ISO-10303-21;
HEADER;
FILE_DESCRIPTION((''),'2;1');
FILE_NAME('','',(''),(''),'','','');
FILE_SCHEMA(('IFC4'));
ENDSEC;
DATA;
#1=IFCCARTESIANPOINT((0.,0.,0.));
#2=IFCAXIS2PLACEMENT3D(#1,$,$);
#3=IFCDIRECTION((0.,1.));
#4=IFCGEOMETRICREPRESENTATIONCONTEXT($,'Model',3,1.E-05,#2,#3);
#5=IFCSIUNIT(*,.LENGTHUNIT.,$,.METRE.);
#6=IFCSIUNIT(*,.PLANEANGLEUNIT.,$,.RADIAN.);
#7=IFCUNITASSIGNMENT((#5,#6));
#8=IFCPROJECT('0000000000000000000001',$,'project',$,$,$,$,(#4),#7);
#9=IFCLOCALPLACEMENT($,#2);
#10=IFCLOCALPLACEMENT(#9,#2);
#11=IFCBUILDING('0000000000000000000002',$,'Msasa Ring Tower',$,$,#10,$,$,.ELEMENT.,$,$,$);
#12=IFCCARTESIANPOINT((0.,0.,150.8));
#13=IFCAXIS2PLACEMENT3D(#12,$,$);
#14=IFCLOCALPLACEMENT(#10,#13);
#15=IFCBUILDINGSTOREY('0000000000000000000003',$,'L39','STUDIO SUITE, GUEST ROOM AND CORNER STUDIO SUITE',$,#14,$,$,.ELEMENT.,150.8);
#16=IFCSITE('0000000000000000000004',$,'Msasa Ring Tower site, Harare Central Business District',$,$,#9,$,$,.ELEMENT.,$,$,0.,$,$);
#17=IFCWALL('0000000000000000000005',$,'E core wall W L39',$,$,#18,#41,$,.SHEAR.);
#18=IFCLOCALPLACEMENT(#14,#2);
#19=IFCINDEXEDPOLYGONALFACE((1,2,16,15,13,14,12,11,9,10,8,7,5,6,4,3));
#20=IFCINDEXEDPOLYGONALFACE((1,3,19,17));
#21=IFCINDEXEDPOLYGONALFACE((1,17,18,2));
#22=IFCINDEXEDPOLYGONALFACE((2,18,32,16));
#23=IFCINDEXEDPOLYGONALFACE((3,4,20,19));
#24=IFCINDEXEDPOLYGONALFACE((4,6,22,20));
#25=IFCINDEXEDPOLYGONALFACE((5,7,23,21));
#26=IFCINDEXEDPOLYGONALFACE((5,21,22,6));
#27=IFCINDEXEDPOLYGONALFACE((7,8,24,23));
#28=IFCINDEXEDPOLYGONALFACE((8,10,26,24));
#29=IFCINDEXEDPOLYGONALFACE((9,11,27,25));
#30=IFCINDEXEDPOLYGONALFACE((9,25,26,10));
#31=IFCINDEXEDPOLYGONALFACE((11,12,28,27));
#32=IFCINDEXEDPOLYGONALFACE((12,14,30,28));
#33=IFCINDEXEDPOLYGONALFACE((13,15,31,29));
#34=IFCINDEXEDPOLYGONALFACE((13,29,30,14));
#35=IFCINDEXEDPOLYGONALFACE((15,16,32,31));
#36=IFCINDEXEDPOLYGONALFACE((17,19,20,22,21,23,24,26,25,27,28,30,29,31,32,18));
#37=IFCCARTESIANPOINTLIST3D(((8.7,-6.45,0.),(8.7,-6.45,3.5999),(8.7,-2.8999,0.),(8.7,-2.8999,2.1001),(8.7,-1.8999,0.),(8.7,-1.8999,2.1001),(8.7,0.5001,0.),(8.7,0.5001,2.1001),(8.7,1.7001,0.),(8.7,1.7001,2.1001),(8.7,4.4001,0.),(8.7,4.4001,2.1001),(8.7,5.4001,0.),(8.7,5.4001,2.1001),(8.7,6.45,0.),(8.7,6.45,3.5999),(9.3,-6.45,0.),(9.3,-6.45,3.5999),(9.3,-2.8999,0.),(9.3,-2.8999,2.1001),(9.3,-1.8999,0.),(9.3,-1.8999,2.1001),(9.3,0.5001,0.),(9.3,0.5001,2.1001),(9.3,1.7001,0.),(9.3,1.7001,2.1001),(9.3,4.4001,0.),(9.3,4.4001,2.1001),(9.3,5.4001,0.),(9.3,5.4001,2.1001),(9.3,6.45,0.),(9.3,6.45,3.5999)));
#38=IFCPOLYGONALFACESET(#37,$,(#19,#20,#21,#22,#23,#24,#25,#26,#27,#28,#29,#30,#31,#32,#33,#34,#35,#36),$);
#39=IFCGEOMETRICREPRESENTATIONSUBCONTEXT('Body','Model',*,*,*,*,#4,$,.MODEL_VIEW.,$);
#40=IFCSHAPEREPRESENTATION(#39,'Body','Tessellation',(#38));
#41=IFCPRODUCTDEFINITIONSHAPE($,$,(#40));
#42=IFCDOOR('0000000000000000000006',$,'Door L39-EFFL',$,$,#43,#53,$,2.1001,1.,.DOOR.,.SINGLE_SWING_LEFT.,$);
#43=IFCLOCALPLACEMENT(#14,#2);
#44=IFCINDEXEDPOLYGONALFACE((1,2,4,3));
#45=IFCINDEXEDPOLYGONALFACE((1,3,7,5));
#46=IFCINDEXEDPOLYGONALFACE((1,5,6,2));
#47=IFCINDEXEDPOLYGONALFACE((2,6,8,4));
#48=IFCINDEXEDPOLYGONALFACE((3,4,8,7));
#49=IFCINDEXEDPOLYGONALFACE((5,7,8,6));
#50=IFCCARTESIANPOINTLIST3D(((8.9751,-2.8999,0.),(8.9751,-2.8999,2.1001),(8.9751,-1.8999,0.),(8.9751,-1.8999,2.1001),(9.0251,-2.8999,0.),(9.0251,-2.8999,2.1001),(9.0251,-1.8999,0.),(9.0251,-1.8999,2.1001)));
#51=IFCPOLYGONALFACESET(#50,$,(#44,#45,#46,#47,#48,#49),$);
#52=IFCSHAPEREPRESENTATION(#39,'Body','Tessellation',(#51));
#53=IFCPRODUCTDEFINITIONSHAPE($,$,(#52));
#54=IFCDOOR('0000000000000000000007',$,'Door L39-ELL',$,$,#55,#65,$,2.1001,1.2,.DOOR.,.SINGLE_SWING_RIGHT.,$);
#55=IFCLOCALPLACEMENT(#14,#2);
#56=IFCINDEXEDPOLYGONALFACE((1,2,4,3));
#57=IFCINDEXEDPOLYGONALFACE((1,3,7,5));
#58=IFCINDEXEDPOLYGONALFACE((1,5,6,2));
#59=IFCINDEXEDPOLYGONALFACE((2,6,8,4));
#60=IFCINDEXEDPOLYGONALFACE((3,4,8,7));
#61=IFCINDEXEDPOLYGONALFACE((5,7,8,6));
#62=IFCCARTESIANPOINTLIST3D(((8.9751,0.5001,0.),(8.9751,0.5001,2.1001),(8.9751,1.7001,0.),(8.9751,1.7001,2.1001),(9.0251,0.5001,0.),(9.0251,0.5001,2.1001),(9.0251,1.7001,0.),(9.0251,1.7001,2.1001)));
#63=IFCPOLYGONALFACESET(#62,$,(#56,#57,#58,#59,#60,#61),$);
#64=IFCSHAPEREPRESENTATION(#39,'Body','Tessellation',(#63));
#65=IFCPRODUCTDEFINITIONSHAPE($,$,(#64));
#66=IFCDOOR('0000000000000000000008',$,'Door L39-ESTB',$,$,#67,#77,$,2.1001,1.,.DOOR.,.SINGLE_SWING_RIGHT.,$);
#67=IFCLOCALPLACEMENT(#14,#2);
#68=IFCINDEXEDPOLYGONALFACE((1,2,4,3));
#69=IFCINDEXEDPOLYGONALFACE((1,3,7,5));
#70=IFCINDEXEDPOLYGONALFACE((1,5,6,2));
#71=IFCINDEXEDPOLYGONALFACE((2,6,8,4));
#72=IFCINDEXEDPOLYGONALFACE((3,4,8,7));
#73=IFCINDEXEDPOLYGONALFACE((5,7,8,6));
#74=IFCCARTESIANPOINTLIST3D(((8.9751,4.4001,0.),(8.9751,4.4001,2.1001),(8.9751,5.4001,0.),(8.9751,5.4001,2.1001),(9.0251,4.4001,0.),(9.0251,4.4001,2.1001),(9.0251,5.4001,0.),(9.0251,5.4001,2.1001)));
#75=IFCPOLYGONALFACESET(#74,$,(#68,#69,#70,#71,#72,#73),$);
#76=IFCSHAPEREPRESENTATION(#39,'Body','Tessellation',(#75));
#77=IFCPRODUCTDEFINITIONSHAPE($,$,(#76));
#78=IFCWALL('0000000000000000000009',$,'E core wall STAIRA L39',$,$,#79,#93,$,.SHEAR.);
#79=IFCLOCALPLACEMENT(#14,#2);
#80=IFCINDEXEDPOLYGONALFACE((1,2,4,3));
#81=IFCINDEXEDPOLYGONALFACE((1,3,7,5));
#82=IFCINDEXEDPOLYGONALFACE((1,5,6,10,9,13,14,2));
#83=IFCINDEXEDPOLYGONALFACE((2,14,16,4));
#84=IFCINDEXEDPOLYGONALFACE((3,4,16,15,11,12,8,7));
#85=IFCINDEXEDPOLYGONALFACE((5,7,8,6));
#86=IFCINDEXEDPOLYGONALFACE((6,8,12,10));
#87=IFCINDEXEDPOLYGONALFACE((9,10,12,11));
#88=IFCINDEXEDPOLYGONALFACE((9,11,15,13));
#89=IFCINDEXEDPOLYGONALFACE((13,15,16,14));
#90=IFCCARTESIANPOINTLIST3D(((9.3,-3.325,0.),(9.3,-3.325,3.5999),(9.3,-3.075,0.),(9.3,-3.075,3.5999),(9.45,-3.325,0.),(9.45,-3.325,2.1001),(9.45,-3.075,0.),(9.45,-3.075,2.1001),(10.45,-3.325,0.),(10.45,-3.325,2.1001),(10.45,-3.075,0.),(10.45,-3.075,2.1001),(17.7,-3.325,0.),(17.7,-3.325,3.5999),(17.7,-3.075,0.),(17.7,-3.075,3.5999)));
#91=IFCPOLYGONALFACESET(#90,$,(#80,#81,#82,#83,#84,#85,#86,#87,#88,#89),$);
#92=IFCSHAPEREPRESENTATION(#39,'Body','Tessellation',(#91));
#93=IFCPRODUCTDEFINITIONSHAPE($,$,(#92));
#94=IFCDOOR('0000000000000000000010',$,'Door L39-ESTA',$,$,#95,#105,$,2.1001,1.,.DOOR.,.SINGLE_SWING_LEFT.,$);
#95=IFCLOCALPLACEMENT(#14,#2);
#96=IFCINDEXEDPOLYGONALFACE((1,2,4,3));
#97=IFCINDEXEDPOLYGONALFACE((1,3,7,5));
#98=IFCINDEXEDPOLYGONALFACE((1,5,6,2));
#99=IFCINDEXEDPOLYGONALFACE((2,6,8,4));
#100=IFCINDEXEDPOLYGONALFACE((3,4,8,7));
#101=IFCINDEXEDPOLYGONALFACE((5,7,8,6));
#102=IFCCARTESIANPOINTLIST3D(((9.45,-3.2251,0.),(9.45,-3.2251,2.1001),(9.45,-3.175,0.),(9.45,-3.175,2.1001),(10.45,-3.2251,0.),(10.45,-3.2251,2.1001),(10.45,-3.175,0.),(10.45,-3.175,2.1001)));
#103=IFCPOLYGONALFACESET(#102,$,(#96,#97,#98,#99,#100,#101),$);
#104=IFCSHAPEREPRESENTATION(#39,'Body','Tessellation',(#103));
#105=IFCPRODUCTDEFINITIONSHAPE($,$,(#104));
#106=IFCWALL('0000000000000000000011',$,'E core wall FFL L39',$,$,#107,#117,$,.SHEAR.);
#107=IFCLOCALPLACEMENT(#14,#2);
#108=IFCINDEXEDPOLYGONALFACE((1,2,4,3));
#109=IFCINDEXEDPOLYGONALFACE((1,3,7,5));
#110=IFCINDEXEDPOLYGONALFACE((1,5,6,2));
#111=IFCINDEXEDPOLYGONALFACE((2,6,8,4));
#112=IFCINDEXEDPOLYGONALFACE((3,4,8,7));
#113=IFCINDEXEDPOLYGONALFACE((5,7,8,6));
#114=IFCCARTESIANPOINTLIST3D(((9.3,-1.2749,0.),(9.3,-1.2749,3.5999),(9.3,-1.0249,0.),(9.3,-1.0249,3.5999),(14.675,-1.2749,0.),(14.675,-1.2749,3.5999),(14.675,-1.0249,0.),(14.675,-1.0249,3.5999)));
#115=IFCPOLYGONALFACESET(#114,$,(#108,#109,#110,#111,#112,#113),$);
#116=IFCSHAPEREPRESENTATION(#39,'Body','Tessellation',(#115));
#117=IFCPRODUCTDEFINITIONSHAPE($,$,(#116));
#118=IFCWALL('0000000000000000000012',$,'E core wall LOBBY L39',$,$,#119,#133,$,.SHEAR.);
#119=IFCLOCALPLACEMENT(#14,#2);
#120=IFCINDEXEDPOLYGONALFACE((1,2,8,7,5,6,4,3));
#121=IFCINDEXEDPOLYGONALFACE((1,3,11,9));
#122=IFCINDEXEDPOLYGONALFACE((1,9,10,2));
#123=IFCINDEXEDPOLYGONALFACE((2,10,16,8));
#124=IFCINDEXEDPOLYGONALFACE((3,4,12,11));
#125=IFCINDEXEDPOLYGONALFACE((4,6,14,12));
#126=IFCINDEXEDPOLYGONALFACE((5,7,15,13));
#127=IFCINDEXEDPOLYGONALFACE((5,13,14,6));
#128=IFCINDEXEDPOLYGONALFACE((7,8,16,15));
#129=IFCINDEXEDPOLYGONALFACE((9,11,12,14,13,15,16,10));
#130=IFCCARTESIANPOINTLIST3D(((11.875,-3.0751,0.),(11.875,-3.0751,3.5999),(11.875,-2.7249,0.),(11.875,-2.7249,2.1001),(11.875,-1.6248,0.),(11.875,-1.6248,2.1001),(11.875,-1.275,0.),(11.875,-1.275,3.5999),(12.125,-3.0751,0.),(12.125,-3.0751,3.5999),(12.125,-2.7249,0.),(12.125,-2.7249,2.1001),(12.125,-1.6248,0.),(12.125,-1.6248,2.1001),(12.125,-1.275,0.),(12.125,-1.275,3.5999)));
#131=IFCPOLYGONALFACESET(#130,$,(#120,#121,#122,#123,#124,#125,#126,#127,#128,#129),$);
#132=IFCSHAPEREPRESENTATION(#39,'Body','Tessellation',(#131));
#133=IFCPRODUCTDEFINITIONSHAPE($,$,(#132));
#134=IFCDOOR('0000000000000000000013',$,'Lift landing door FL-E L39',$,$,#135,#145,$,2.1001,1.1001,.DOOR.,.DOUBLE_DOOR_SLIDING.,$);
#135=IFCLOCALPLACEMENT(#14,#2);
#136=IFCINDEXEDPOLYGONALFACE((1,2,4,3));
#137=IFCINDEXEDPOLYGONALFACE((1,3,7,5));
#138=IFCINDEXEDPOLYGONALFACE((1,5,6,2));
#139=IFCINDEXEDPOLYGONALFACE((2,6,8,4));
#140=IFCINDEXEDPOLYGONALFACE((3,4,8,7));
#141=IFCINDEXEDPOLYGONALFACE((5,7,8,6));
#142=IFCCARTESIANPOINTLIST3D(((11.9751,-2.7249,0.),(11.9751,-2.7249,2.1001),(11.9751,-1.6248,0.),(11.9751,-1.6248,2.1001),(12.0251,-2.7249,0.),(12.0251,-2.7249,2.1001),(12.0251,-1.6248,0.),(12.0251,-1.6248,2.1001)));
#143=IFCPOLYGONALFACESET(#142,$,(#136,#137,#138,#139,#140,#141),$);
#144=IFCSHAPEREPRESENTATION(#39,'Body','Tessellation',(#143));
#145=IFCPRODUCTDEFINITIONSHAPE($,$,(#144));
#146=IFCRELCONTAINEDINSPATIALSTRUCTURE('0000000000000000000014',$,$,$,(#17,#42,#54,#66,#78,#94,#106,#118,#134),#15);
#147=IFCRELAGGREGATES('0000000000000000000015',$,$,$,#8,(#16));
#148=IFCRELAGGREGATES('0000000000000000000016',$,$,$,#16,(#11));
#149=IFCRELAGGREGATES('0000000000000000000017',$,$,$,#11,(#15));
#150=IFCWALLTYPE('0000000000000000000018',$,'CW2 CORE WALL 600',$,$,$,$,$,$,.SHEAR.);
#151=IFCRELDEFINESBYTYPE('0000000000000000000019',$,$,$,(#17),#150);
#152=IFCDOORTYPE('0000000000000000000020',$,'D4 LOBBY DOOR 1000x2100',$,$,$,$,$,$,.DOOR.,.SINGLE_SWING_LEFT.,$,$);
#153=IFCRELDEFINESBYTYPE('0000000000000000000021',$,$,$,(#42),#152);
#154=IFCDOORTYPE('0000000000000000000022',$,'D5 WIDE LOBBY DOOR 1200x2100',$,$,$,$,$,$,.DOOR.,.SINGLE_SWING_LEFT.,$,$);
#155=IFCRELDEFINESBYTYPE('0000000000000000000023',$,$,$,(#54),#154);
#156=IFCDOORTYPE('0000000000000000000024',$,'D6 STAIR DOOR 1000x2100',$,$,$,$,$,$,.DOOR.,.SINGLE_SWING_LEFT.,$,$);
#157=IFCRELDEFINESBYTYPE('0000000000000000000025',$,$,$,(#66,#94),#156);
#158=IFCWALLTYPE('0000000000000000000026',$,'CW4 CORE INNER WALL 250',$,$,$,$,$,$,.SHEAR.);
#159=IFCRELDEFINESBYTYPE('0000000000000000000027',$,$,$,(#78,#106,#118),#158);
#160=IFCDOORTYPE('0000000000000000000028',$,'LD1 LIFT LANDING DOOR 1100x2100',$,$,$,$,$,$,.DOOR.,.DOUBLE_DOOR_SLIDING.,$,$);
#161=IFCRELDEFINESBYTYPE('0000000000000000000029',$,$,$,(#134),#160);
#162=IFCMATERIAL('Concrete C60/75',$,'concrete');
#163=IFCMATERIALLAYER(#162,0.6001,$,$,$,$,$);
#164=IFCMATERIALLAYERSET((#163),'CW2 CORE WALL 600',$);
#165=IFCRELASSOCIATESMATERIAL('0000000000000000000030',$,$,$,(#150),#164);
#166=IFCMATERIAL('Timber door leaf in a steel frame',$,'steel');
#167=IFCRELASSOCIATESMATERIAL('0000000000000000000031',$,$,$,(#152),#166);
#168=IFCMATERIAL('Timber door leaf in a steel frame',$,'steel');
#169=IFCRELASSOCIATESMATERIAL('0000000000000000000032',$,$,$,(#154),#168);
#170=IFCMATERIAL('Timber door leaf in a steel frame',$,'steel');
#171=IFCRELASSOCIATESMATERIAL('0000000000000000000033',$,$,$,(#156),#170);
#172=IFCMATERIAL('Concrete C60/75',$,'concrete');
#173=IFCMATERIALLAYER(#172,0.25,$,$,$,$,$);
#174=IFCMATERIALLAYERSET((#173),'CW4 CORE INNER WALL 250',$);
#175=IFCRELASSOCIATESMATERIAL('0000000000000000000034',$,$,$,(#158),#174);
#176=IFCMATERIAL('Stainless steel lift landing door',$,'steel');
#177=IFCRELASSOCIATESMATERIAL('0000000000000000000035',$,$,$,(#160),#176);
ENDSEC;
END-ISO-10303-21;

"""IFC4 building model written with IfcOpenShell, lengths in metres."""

from ifc_helpers import new_model, si_unit, direction, frame, frame_2d, origin, place, context, subcontext, project, spatial, rectangle, extrude, material, layer, layer_set, type_object, element, fill, save


model = new_model("IFC4")

# Units and contexts
model_context = context("Model", 3, precision=1e-05, world=origin(), true_north=direction((0.0, 1.0)))
body_context = subcontext(model_context, "Body", "Model", "MODEL_VIEW")
ifc_project = project(units=[si_unit("LENGTHUNIT", "METRE"), si_unit("PLANEANGLEUNIT", "RADIAN")], contexts=[model_context])

# Site, building, storey
site_placement = place(None, origin())
site = spatial("IfcSite", under=ifc_project, at=site_placement, Name="Msasa Ring Tower site, Harare Central Business District", CompositionType="ELEMENT", RefElevation=0.0)
building_placement = place(site_placement, origin())
building = spatial("IfcBuilding", under=site, at=building_placement, Name="Msasa Ring Tower", CompositionType="ELEMENT")
storey_placement = place(building_placement, frame((0.0, 0.0, 150.8)))
storey = spatial("IfcBuildingStorey", under=building, at=storey_placement, Name="L39", Description="STUDIO SUITE, GUEST ROOM AND CORNER STUDIO SUITE", CompositionType="ELEMENT", Elevation=150.8)

# Shared definitions
ifc_material_1 = material(Name="Concrete C60/75", Category="concrete")
ifc_layer_1 = layer(ifc_material_1, 0.6001)
ifc_layer_set_1 = layer_set([ifc_layer_1], Name="CW2 CORE WALL 600")
wall_type_1 = type_object("IfcWallType", Name="CW2 CORE WALL 600", PredefinedType="SHEAR", material=ifc_layer_set_1)

# Wall, openings, doors
wall_1_placement = place(storey_placement, frame((9.0, -6.45, 0.0), z_axis=(0.0, 0.0, 1.0), x_axis=(0.0, 1.0, 0.0)))
wall_1 = element("IfcWall", 1, at=wall_1_placement, inside=storey, type_object=wall_type_1, Name="E core wall W L39", PredefinedType="SHEAR", context=body_context, shape_type="SweptSolid", body=[
    extrude(rectangle(XDim=12.8999, YDim=0.6001, at=frame_2d((6.45, 0.0))), origin(), (0.0, 0.0, 1.0), 3.5999),
])
opening_1_placement = place(wall_1_placement, frame((3.55, 0.0, 0.0)))
opening_1 = element("IfcOpeningElement", 2, at=opening_1_placement, cuts=wall_1, PredefinedType="OPENING", context=body_context, shape_type="SweptSolid", body=[
    extrude(rectangle(XDim=1.0, YDim=2.1001, at=frame_2d((0.5, 1.05))), frame((0.0, 0.3101, 0.0), z_axis=(0.0, -1.0, 0.0), x_axis=(1.0, 0.0, 0.0)), (0.0, 0.0, 1.0), 0.6201),
])
opening_2_placement = place(wall_1_placement, frame((6.95, 0.0, 0.0)))
opening_2 = element("IfcOpeningElement", 3, at=opening_2_placement, cuts=wall_1, PredefinedType="OPENING", context=body_context, shape_type="SweptSolid", body=[
    extrude(rectangle(XDim=1.2, YDim=2.1001, at=frame_2d((0.6001, 1.05))), frame((0.0, 0.3101, 0.0), z_axis=(0.0, -1.0, 0.0), x_axis=(1.0, 0.0, 0.0)), (0.0, 0.0, 1.0), 0.6201),
])
opening_3_placement = place(wall_1_placement, frame((10.8501, 0.0, 0.0)))
opening_3 = element("IfcOpeningElement", 4, at=opening_3_placement, cuts=wall_1, PredefinedType="OPENING", context=body_context, shape_type="SweptSolid", body=[
    extrude(rectangle(XDim=1.0, YDim=2.1001, at=frame_2d((0.5, 1.05))), frame((0.0, 0.3101, 0.0), z_axis=(0.0, -1.0, 0.0), x_axis=(1.0, 0.0, 0.0)), (0.0, 0.0, 1.0), 0.6201),
])
ifc_material_2 = material(Name="Timber door leaf in a steel frame", Category="steel")
door_type_1 = type_object("IfcDoorType", Name="D4 LOBBY DOOR 1000x2100", OperationType="SINGLE_SWING_LEFT", PredefinedType="DOOR", material=ifc_material_2)
door_1_placement = place(opening_1_placement, origin())
door_1 = element("IfcDoor", 5, at=door_1_placement, inside=storey, type_object=door_type_1, Name="Door L39-EFFL", OperationType="SINGLE_SWING_LEFT", OverallHeight=2.1001, OverallWidth=1.0, PredefinedType="DOOR", context=body_context, shape_type="SweptSolid", body=[
    extrude(rectangle(XDim=1.0, YDim=2.1001, at=frame_2d((0.5, 1.05))), frame((0.0, 0.0249, 0.0), z_axis=(0.0, -1.0, 0.0), x_axis=(1.0, 0.0, 0.0)), (0.0, 0.0, 1.0), 0.05),
])
fill(opening_1, door_1)
ifc_material_3 = material(Name="Timber door leaf in a steel frame", Category="steel")
door_type_2 = type_object("IfcDoorType", Name="D5 WIDE LOBBY DOOR 1200x2100", OperationType="SINGLE_SWING_LEFT", PredefinedType="DOOR", material=ifc_material_3)
door_2_placement = place(opening_2_placement, origin())
door_2 = element("IfcDoor", 6, at=door_2_placement, inside=storey, type_object=door_type_2, Name="Door L39-ELL", OperationType="SINGLE_SWING_RIGHT", OverallHeight=2.1001, OverallWidth=1.2, PredefinedType="DOOR", context=body_context, shape_type="SweptSolid", body=[
    extrude(rectangle(XDim=1.2, YDim=2.1001, at=frame_2d((0.6001, 1.05))), frame((0.0, 0.0249, 0.0), z_axis=(0.0, -1.0, 0.0), x_axis=(1.0, 0.0, 0.0)), (0.0, 0.0, 1.0), 0.05),
])
fill(opening_2, door_2)
ifc_material_4 = material(Name="Timber door leaf in a steel frame", Category="steel")
door_type_3 = type_object("IfcDoorType", Name="D6 STAIR DOOR 1000x2100", OperationType="SINGLE_SWING_LEFT", PredefinedType="DOOR", material=ifc_material_4)
door_3_placement = place(opening_3_placement, origin())
door_3 = element("IfcDoor", 7, at=door_3_placement, inside=storey, type_object=door_type_3, Name="Door L39-ESTB", OperationType="SINGLE_SWING_RIGHT", OverallHeight=2.1001, OverallWidth=1.0, PredefinedType="DOOR", context=body_context, shape_type="SweptSolid", body=[
    extrude(rectangle(XDim=1.0, YDim=2.1001, at=frame_2d((0.5, 1.05))), frame((0.0, 0.0249, 0.0), z_axis=(0.0, -1.0, 0.0), x_axis=(1.0, 0.0, 0.0)), (0.0, 0.0, 1.0), 0.05),
])
fill(opening_3, door_3)

# Wall, opening, door
ifc_material_5 = material(Name="Concrete C60/75", Category="concrete")
ifc_layer_2 = layer(ifc_material_5, 0.25)
ifc_layer_set_2 = layer_set([ifc_layer_2], Name="CW4 CORE INNER WALL 250")
wall_type_2 = type_object("IfcWallType", Name="CW4 CORE INNER WALL 250", PredefinedType="SHEAR", material=ifc_layer_set_2)
wall_2_placement = place(storey_placement, frame((9.3, -3.2, 0.0), z_axis=(0.0, 0.0, 1.0), x_axis=(1.0, 0.0, 0.0)))
wall_2 = element("IfcWall", 8, at=wall_2_placement, inside=storey, type_object=wall_type_2, Name="E core wall STAIRA L39", PredefinedType="SHEAR", context=body_context, shape_type="SweptSolid", body=[
    extrude(rectangle(XDim=8.3999, YDim=0.25, at=frame_2d((4.2, 0.0))), origin(), (0.0, 0.0, 1.0), 3.5999),
])
opening_4_placement = place(wall_2_placement, frame((0.1499, 0.0, 0.0)))
opening_4 = element("IfcOpeningElement", 9, at=opening_4_placement, cuts=wall_2, PredefinedType="OPENING", context=body_context, shape_type="SweptSolid", body=[
    extrude(rectangle(XDim=1.0, YDim=2.1001, at=frame_2d((0.5, 1.05))), frame((0.0, 0.135, 0.0), z_axis=(0.0, -1.0, 0.0), x_axis=(1.0, 0.0, 0.0)), (0.0, 0.0, 1.0), 0.27),
])
door_4_placement = place(opening_4_placement, origin())
door_4 = element("IfcDoor", 10, at=door_4_placement, inside=storey, type_object=door_type_3, Name="Door L39-ESTA", OperationType="SINGLE_SWING_LEFT", OverallHeight=2.1001, OverallWidth=1.0, PredefinedType="DOOR", context=body_context, shape_type="SweptSolid", body=[
    extrude(rectangle(XDim=1.0, YDim=2.1001, at=frame_2d((0.5, 1.05))), frame((0.0, 0.0249, 0.0), z_axis=(0.0, -1.0, 0.0), x_axis=(1.0, 0.0, 0.0)), (0.0, 0.0, 1.0), 0.05),
])
fill(opening_4, door_4)

# Wall
wall_3_placement = place(storey_placement, frame((9.3, -1.1499, 0.0), z_axis=(0.0, 0.0, 1.0), x_axis=(1.0, 0.0, 0.0)))
element("IfcWall", 11, at=wall_3_placement, inside=storey, type_object=wall_type_2, Name="E core wall FFL L39", PredefinedType="SHEAR", context=body_context, shape_type="SweptSolid", body=[
    extrude(rectangle(XDim=5.375, YDim=0.25, at=frame_2d((2.6875, 0.0))), origin(), (0.0, 0.0, 1.0), 3.5999),
])

# Wall, opening, door
wall_4_placement = place(storey_placement, frame((12.0, -3.075, 0.0), z_axis=(0.0, 0.0, 1.0), x_axis=(0.0, 1.0, 0.0)))
wall_4 = element("IfcWall", 12, at=wall_4_placement, inside=storey, type_object=wall_type_2, Name="E core wall LOBBY L39", PredefinedType="SHEAR", context=body_context, shape_type="SweptSolid", body=[
    extrude(rectangle(XDim=1.8, YDim=0.25, at=frame_2d((0.8999, 0.0))), origin(), (0.0, 0.0, 1.0), 3.5999),
])
opening_5_placement = place(wall_4_placement, frame((0.3501, 0.0, 0.0)))
opening_5 = element("IfcOpeningElement", 13, at=opening_5_placement, cuts=wall_4, PredefinedType="OPENING", context=body_context, shape_type="SweptSolid", body=[
    extrude(rectangle(XDim=1.1001, YDim=2.1001, at=frame_2d((0.55, 1.05))), frame((0.0, 0.135, 0.0), z_axis=(0.0, -1.0, 0.0), x_axis=(1.0, 0.0, 0.0)), (0.0, 0.0, 1.0), 0.27),
])
ifc_material_6 = material(Name="Stainless steel lift landing door", Category="steel")
door_type_4 = type_object("IfcDoorType", Name="LD1 LIFT LANDING DOOR 1100x2100", OperationType="DOUBLE_DOOR_SLIDING", PredefinedType="DOOR", material=ifc_material_6)
door_5_placement = place(opening_5_placement, origin())
door_5 = element("IfcDoor", 14, at=door_5_placement, inside=storey, type_object=door_type_4, Name="Lift landing door FL-E L39", OperationType="DOUBLE_DOOR_SLIDING", OverallHeight=2.1001, OverallWidth=1.1001, PredefinedType="DOOR", context=body_context, shape_type="SweptSolid", body=[
    extrude(rectangle(XDim=1.1001, YDim=2.1001, at=frame_2d((0.55, 1.05))), frame((0.0, 0.0249, 0.0), z_axis=(0.0, -1.0, 0.0), x_axis=(1.0, 0.0, 0.0)), (0.0, 0.0, 1.0), 0.05),
])
fill(opening_5, door_5)

save(model, "model.ifc")
